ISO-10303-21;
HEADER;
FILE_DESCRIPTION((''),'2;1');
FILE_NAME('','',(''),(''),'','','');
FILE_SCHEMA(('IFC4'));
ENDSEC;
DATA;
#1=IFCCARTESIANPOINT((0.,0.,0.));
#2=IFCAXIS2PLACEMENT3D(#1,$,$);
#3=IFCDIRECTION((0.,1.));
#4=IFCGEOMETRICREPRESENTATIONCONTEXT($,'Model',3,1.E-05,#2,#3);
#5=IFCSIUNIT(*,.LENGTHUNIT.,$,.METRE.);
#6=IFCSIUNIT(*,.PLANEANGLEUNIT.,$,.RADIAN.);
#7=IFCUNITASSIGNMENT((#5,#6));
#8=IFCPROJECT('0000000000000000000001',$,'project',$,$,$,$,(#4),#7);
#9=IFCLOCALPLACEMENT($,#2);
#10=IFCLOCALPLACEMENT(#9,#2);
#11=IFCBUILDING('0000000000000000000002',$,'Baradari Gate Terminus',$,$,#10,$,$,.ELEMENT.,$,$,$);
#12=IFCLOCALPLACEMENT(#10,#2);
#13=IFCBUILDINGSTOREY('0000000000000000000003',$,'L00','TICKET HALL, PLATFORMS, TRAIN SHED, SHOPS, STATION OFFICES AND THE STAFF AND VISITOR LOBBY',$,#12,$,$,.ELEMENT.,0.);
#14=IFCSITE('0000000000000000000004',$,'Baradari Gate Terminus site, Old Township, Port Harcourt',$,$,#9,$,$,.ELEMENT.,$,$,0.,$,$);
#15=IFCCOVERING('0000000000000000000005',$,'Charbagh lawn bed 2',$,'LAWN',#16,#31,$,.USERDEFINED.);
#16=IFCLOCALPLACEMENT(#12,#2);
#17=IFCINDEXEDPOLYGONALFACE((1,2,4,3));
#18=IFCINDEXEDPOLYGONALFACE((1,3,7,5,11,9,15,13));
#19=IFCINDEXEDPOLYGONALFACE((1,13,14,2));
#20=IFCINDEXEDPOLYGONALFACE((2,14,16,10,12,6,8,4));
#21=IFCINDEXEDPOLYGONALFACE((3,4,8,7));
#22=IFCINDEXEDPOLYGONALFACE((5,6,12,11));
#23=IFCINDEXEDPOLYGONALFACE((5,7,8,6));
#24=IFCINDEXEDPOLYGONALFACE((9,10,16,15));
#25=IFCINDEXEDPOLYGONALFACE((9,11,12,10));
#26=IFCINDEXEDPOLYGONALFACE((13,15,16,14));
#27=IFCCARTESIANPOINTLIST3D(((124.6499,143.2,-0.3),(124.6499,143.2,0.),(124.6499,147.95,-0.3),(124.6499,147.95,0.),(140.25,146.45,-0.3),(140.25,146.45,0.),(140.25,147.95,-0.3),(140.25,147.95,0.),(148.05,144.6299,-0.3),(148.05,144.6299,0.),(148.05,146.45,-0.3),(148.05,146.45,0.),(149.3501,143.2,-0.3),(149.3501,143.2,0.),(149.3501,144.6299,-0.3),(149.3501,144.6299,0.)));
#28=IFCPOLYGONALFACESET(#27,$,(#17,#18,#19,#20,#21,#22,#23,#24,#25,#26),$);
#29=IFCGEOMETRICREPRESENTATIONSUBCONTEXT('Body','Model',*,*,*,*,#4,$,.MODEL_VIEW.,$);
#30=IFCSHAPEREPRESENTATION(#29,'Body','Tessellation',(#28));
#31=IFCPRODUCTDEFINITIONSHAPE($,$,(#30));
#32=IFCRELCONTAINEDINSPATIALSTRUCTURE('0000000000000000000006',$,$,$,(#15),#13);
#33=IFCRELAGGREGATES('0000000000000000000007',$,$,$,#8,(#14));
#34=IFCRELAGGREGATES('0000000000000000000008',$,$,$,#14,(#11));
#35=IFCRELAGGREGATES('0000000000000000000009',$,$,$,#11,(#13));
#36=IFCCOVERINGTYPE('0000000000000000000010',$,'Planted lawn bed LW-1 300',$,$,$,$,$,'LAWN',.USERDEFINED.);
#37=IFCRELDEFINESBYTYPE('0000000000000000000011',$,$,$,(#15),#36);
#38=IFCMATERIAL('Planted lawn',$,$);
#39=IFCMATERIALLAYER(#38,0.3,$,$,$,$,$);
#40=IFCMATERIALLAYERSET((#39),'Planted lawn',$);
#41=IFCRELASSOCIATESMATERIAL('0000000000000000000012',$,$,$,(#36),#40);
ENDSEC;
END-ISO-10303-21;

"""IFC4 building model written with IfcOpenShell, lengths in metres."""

from ifc_helpers import new_model, si_unit, direction, frame, origin, place, context, subcontext, project, spatial, polyline, outline, extrude, material, layer, layer_set, type_object, element, save


model = new_model("IFC4")

# Units and contexts
model_context = context("Model", 3, precision=1e-05, world=origin(), true_north=direction((0.0, 1.0)))
body_context = subcontext(model_context, "Body", "Model", "MODEL_VIEW")
ifc_project = project(units=[si_unit("LENGTHUNIT", "METRE"), si_unit("PLANEANGLEUNIT", "RADIAN")], contexts=[model_context])

# Site, building, storey
site_placement = place(None, origin())
site = spatial("IfcSite", under=ifc_project, at=site_placement, Name="Baradari Gate Terminus site, Old Township, Port Harcourt", CompositionType="ELEMENT", RefElevation=0.0)
building_placement = place(site_placement, origin())
building = spatial("IfcBuilding", under=site, at=building_placement, Name="Baradari Gate Terminus", CompositionType="ELEMENT")
storey_placement = place(building_placement, origin())
storey = spatial("IfcBuildingStorey", under=building, at=storey_placement, Name="L00", Description="TICKET HALL, PLATFORMS, TRAIN SHED, SHOPS, STATION OFFICES AND THE STAFF AND VISITOR LOBBY", CompositionType="ELEMENT", Elevation=0.0)

# Covering
ifc_material_1 = material(Name="Planted lawn")
ifc_layer_1 = layer(ifc_material_1, 0.3)
ifc_layer_set_1 = layer_set([ifc_layer_1], Name="Planted lawn")
covering_type = type_object("IfcCoveringType", Name="Planted lawn bed LW-1 300", ElementType="LAWN", PredefinedType="USERDEFINED", material=ifc_layer_set_1)
covering_1_placement = place(storey_placement, frame((0.0, 0.0, -0.3)))
element("IfcCovering", 1, at=covering_1_placement, inside=storey, type_object=covering_type, Name="Charbagh lawn bed 2", ObjectType="LAWN", PredefinedType="USERDEFINED", context=body_context, shape_type="SweptSolid", body=[
    extrude(outline(polyline([(149.3501, 143.2), (149.3501, 144.6299), (148.05, 144.6299), (148.05, 146.45), (140.25, 146.45), (140.25, 147.95), (124.6499, 147.95), (124.6499, 143.2), (149.3501, 143.2)])), origin(), (0.0, 0.0, 1.0), 0.3),
])

save(model, "model.ifc")
